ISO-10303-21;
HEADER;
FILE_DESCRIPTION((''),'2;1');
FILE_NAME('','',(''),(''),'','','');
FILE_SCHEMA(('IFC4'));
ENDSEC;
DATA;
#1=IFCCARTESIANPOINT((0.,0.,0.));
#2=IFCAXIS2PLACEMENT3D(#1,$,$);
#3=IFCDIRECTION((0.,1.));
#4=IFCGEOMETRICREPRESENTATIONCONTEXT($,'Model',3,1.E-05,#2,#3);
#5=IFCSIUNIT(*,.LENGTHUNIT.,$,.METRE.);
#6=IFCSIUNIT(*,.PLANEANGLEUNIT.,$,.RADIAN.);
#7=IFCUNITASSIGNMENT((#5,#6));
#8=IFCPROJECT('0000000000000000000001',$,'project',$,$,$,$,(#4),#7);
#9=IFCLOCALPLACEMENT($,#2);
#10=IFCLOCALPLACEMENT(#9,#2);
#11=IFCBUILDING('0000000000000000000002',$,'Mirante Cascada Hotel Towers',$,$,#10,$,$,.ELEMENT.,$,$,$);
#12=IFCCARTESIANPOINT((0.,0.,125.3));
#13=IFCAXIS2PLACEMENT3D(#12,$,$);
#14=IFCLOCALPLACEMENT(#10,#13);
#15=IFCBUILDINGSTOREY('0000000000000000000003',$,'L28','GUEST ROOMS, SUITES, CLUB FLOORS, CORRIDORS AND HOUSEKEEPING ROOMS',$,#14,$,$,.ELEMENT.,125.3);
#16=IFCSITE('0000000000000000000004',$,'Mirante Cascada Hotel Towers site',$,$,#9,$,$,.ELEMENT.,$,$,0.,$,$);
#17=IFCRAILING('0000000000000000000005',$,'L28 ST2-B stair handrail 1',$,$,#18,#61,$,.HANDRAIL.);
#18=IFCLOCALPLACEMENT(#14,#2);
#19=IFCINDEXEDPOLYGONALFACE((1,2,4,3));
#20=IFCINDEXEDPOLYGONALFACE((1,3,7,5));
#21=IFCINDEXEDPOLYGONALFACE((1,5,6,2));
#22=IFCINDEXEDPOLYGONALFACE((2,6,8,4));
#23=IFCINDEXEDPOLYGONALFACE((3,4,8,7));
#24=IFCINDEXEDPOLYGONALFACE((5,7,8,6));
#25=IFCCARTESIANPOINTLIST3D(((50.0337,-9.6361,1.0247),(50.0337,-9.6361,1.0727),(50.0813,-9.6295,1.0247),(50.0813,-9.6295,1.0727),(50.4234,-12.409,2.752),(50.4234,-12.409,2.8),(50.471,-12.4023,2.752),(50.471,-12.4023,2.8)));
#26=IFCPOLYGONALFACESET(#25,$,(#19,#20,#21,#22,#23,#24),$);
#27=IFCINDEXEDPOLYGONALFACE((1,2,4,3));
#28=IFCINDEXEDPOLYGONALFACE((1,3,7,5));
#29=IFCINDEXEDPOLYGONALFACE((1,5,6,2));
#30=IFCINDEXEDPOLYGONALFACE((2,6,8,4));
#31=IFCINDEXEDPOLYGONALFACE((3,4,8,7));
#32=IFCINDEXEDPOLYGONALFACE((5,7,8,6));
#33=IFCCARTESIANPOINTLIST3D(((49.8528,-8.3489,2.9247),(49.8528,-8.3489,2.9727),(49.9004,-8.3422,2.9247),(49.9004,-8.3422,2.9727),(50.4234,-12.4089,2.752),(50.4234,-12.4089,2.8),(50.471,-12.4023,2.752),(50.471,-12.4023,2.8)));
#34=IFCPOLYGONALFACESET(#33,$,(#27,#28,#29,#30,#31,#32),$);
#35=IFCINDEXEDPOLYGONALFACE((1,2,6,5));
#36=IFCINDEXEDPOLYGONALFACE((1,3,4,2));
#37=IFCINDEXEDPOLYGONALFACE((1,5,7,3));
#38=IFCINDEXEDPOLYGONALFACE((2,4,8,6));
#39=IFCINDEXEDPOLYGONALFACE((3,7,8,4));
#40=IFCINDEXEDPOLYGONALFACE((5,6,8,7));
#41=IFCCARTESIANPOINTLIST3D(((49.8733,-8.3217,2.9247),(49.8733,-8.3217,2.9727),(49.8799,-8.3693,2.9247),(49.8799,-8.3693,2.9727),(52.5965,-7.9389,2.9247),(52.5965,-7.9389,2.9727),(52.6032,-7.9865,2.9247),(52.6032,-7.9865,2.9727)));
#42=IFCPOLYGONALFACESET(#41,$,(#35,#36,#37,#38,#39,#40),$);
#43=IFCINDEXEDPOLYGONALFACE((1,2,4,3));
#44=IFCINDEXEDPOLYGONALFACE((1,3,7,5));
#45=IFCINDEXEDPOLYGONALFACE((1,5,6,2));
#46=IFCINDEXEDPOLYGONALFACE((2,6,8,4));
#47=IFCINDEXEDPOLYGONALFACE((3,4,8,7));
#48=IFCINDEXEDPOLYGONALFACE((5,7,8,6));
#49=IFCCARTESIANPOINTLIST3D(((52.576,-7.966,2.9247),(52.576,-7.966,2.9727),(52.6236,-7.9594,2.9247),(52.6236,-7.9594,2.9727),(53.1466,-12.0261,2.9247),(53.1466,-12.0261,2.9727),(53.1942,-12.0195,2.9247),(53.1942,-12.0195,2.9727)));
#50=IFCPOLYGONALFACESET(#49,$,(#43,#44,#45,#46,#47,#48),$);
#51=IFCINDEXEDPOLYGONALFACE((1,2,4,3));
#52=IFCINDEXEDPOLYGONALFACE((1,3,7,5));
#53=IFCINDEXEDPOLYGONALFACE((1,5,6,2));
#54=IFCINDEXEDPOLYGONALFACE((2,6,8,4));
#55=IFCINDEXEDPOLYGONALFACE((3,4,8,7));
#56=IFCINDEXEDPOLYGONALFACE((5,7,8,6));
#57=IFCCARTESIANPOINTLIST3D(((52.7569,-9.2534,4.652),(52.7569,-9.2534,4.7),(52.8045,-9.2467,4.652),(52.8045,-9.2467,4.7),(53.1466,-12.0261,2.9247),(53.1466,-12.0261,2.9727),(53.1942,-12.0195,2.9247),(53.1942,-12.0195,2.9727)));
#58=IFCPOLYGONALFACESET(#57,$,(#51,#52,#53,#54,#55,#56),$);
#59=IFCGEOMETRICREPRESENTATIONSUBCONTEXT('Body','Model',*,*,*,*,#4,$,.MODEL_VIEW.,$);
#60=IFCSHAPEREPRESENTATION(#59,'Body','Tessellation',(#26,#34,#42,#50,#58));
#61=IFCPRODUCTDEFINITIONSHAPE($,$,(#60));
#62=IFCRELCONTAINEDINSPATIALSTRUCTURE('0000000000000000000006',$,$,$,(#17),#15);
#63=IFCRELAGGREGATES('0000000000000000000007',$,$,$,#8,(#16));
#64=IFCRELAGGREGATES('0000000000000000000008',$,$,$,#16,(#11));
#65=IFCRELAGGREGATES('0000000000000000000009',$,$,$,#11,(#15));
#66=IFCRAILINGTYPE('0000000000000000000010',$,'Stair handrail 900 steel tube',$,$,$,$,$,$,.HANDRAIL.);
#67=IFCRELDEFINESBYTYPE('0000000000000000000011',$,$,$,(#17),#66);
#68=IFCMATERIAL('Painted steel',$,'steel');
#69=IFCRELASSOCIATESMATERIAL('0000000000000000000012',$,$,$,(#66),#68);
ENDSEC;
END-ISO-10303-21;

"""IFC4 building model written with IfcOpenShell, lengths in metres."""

from ifc_helpers import new_model, si_unit, direction, frame, origin, origin_2d, place, context, subcontext, project, spatial, rectangle, extrude, material, type_object, element, save


model = new_model("IFC4")

# Units and contexts
model_context = context("Model", 3, precision=1e-05, world=origin(), true_north=direction((0.0, 1.0)))
body_context = subcontext(model_context, "Body", "Model", "MODEL_VIEW")
ifc_project = project(units=[si_unit("LENGTHUNIT", "METRE"), si_unit("PLANEANGLEUNIT", "RADIAN")], contexts=[model_context])

# Site, building, storey
site_placement = place(None, origin())
site = spatial("IfcSite", under=ifc_project, at=site_placement, Name="Mirante Cascada Hotel Towers site", CompositionType="ELEMENT", RefElevation=0.0)
building_placement = place(site_placement, origin())
building = spatial("IfcBuilding", under=site, at=building_placement, Name="Mirante Cascada Hotel Towers", CompositionType="ELEMENT")
storey_placement = place(building_placement, frame((0.0, 0.0, 125.3)))
storey = spatial("IfcBuildingStorey", under=building, at=storey_placement, Name="L28", Description="GUEST ROOMS, SUITES, CLUB FLOORS, CORRIDORS AND HOUSEKEEPING ROOMS", CompositionType="ELEMENT", Elevation=125.3)

# Railing
ifc_material_1 = material(Name="Painted steel", Category="steel")
railing_type_1 = type_object("IfcRailingType", Name="Stair handrail 900 steel tube", PredefinedType="HANDRAIL", material=ifc_material_1)
railing_1_placement = place(storey_placement, frame((50.0575, -9.6328, 0.1727)))
element("IfcRailing", 1, at=railing_1_placement, inside=storey, type_object=railing_type_1, Name="L28 ST2-B stair handrail 1", PredefinedType="HANDRAIL", context=body_context, shape_type="SweptSolid", body=[
    extrude(rectangle(XDim=0.048, YDim=0.048, at=origin_2d()), frame((0.0, 0.0, 0.876), z_axis=(0.139176, -0.990268, 0.0), x_axis=(0.990268, 0.139176, 0.0)), (0.0, 0.525021, 0.851089), 3.29),
    extrude(rectangle(XDim=0.048, YDim=0.048, at=origin_2d()), frame((0.3897, -2.7728, 2.6033), z_axis=(-0.139171, 0.990268, 0.0), x_axis=(-0.990268, -0.139171, 0.0)), (0.0, 0.042085, 0.999114), 4.1036),
    extrude(rectangle(XDim=0.048, YDim=0.048, at=origin_2d()), frame((-0.1809, 1.2873, 2.776), z_axis=(0.990264, 0.139201, 0.0), x_axis=(-0.139201, 0.990264, 0.0)), (0.0, 0.0, 1.0), 2.75),
    extrude(rectangle(XDim=0.048, YDim=0.048, at=origin_2d()), frame((2.5423, 1.6701, 2.776), z_axis=(0.139171, -0.990268, 0.0), x_axis=(0.990268, 0.139171, 0.0)), (0.0, 0.0, 1.0), 4.1),
    extrude(rectangle(XDim=0.048, YDim=0.048, at=origin_2d()), frame((3.1129, -2.39, 2.776), z_axis=(-0.139181, 0.990267, 0.0), x_axis=(-0.990267, -0.139181, 0.0)), (0.0, 0.525035, 0.851081), 3.2899),
])

save(model, "model.ifc")
